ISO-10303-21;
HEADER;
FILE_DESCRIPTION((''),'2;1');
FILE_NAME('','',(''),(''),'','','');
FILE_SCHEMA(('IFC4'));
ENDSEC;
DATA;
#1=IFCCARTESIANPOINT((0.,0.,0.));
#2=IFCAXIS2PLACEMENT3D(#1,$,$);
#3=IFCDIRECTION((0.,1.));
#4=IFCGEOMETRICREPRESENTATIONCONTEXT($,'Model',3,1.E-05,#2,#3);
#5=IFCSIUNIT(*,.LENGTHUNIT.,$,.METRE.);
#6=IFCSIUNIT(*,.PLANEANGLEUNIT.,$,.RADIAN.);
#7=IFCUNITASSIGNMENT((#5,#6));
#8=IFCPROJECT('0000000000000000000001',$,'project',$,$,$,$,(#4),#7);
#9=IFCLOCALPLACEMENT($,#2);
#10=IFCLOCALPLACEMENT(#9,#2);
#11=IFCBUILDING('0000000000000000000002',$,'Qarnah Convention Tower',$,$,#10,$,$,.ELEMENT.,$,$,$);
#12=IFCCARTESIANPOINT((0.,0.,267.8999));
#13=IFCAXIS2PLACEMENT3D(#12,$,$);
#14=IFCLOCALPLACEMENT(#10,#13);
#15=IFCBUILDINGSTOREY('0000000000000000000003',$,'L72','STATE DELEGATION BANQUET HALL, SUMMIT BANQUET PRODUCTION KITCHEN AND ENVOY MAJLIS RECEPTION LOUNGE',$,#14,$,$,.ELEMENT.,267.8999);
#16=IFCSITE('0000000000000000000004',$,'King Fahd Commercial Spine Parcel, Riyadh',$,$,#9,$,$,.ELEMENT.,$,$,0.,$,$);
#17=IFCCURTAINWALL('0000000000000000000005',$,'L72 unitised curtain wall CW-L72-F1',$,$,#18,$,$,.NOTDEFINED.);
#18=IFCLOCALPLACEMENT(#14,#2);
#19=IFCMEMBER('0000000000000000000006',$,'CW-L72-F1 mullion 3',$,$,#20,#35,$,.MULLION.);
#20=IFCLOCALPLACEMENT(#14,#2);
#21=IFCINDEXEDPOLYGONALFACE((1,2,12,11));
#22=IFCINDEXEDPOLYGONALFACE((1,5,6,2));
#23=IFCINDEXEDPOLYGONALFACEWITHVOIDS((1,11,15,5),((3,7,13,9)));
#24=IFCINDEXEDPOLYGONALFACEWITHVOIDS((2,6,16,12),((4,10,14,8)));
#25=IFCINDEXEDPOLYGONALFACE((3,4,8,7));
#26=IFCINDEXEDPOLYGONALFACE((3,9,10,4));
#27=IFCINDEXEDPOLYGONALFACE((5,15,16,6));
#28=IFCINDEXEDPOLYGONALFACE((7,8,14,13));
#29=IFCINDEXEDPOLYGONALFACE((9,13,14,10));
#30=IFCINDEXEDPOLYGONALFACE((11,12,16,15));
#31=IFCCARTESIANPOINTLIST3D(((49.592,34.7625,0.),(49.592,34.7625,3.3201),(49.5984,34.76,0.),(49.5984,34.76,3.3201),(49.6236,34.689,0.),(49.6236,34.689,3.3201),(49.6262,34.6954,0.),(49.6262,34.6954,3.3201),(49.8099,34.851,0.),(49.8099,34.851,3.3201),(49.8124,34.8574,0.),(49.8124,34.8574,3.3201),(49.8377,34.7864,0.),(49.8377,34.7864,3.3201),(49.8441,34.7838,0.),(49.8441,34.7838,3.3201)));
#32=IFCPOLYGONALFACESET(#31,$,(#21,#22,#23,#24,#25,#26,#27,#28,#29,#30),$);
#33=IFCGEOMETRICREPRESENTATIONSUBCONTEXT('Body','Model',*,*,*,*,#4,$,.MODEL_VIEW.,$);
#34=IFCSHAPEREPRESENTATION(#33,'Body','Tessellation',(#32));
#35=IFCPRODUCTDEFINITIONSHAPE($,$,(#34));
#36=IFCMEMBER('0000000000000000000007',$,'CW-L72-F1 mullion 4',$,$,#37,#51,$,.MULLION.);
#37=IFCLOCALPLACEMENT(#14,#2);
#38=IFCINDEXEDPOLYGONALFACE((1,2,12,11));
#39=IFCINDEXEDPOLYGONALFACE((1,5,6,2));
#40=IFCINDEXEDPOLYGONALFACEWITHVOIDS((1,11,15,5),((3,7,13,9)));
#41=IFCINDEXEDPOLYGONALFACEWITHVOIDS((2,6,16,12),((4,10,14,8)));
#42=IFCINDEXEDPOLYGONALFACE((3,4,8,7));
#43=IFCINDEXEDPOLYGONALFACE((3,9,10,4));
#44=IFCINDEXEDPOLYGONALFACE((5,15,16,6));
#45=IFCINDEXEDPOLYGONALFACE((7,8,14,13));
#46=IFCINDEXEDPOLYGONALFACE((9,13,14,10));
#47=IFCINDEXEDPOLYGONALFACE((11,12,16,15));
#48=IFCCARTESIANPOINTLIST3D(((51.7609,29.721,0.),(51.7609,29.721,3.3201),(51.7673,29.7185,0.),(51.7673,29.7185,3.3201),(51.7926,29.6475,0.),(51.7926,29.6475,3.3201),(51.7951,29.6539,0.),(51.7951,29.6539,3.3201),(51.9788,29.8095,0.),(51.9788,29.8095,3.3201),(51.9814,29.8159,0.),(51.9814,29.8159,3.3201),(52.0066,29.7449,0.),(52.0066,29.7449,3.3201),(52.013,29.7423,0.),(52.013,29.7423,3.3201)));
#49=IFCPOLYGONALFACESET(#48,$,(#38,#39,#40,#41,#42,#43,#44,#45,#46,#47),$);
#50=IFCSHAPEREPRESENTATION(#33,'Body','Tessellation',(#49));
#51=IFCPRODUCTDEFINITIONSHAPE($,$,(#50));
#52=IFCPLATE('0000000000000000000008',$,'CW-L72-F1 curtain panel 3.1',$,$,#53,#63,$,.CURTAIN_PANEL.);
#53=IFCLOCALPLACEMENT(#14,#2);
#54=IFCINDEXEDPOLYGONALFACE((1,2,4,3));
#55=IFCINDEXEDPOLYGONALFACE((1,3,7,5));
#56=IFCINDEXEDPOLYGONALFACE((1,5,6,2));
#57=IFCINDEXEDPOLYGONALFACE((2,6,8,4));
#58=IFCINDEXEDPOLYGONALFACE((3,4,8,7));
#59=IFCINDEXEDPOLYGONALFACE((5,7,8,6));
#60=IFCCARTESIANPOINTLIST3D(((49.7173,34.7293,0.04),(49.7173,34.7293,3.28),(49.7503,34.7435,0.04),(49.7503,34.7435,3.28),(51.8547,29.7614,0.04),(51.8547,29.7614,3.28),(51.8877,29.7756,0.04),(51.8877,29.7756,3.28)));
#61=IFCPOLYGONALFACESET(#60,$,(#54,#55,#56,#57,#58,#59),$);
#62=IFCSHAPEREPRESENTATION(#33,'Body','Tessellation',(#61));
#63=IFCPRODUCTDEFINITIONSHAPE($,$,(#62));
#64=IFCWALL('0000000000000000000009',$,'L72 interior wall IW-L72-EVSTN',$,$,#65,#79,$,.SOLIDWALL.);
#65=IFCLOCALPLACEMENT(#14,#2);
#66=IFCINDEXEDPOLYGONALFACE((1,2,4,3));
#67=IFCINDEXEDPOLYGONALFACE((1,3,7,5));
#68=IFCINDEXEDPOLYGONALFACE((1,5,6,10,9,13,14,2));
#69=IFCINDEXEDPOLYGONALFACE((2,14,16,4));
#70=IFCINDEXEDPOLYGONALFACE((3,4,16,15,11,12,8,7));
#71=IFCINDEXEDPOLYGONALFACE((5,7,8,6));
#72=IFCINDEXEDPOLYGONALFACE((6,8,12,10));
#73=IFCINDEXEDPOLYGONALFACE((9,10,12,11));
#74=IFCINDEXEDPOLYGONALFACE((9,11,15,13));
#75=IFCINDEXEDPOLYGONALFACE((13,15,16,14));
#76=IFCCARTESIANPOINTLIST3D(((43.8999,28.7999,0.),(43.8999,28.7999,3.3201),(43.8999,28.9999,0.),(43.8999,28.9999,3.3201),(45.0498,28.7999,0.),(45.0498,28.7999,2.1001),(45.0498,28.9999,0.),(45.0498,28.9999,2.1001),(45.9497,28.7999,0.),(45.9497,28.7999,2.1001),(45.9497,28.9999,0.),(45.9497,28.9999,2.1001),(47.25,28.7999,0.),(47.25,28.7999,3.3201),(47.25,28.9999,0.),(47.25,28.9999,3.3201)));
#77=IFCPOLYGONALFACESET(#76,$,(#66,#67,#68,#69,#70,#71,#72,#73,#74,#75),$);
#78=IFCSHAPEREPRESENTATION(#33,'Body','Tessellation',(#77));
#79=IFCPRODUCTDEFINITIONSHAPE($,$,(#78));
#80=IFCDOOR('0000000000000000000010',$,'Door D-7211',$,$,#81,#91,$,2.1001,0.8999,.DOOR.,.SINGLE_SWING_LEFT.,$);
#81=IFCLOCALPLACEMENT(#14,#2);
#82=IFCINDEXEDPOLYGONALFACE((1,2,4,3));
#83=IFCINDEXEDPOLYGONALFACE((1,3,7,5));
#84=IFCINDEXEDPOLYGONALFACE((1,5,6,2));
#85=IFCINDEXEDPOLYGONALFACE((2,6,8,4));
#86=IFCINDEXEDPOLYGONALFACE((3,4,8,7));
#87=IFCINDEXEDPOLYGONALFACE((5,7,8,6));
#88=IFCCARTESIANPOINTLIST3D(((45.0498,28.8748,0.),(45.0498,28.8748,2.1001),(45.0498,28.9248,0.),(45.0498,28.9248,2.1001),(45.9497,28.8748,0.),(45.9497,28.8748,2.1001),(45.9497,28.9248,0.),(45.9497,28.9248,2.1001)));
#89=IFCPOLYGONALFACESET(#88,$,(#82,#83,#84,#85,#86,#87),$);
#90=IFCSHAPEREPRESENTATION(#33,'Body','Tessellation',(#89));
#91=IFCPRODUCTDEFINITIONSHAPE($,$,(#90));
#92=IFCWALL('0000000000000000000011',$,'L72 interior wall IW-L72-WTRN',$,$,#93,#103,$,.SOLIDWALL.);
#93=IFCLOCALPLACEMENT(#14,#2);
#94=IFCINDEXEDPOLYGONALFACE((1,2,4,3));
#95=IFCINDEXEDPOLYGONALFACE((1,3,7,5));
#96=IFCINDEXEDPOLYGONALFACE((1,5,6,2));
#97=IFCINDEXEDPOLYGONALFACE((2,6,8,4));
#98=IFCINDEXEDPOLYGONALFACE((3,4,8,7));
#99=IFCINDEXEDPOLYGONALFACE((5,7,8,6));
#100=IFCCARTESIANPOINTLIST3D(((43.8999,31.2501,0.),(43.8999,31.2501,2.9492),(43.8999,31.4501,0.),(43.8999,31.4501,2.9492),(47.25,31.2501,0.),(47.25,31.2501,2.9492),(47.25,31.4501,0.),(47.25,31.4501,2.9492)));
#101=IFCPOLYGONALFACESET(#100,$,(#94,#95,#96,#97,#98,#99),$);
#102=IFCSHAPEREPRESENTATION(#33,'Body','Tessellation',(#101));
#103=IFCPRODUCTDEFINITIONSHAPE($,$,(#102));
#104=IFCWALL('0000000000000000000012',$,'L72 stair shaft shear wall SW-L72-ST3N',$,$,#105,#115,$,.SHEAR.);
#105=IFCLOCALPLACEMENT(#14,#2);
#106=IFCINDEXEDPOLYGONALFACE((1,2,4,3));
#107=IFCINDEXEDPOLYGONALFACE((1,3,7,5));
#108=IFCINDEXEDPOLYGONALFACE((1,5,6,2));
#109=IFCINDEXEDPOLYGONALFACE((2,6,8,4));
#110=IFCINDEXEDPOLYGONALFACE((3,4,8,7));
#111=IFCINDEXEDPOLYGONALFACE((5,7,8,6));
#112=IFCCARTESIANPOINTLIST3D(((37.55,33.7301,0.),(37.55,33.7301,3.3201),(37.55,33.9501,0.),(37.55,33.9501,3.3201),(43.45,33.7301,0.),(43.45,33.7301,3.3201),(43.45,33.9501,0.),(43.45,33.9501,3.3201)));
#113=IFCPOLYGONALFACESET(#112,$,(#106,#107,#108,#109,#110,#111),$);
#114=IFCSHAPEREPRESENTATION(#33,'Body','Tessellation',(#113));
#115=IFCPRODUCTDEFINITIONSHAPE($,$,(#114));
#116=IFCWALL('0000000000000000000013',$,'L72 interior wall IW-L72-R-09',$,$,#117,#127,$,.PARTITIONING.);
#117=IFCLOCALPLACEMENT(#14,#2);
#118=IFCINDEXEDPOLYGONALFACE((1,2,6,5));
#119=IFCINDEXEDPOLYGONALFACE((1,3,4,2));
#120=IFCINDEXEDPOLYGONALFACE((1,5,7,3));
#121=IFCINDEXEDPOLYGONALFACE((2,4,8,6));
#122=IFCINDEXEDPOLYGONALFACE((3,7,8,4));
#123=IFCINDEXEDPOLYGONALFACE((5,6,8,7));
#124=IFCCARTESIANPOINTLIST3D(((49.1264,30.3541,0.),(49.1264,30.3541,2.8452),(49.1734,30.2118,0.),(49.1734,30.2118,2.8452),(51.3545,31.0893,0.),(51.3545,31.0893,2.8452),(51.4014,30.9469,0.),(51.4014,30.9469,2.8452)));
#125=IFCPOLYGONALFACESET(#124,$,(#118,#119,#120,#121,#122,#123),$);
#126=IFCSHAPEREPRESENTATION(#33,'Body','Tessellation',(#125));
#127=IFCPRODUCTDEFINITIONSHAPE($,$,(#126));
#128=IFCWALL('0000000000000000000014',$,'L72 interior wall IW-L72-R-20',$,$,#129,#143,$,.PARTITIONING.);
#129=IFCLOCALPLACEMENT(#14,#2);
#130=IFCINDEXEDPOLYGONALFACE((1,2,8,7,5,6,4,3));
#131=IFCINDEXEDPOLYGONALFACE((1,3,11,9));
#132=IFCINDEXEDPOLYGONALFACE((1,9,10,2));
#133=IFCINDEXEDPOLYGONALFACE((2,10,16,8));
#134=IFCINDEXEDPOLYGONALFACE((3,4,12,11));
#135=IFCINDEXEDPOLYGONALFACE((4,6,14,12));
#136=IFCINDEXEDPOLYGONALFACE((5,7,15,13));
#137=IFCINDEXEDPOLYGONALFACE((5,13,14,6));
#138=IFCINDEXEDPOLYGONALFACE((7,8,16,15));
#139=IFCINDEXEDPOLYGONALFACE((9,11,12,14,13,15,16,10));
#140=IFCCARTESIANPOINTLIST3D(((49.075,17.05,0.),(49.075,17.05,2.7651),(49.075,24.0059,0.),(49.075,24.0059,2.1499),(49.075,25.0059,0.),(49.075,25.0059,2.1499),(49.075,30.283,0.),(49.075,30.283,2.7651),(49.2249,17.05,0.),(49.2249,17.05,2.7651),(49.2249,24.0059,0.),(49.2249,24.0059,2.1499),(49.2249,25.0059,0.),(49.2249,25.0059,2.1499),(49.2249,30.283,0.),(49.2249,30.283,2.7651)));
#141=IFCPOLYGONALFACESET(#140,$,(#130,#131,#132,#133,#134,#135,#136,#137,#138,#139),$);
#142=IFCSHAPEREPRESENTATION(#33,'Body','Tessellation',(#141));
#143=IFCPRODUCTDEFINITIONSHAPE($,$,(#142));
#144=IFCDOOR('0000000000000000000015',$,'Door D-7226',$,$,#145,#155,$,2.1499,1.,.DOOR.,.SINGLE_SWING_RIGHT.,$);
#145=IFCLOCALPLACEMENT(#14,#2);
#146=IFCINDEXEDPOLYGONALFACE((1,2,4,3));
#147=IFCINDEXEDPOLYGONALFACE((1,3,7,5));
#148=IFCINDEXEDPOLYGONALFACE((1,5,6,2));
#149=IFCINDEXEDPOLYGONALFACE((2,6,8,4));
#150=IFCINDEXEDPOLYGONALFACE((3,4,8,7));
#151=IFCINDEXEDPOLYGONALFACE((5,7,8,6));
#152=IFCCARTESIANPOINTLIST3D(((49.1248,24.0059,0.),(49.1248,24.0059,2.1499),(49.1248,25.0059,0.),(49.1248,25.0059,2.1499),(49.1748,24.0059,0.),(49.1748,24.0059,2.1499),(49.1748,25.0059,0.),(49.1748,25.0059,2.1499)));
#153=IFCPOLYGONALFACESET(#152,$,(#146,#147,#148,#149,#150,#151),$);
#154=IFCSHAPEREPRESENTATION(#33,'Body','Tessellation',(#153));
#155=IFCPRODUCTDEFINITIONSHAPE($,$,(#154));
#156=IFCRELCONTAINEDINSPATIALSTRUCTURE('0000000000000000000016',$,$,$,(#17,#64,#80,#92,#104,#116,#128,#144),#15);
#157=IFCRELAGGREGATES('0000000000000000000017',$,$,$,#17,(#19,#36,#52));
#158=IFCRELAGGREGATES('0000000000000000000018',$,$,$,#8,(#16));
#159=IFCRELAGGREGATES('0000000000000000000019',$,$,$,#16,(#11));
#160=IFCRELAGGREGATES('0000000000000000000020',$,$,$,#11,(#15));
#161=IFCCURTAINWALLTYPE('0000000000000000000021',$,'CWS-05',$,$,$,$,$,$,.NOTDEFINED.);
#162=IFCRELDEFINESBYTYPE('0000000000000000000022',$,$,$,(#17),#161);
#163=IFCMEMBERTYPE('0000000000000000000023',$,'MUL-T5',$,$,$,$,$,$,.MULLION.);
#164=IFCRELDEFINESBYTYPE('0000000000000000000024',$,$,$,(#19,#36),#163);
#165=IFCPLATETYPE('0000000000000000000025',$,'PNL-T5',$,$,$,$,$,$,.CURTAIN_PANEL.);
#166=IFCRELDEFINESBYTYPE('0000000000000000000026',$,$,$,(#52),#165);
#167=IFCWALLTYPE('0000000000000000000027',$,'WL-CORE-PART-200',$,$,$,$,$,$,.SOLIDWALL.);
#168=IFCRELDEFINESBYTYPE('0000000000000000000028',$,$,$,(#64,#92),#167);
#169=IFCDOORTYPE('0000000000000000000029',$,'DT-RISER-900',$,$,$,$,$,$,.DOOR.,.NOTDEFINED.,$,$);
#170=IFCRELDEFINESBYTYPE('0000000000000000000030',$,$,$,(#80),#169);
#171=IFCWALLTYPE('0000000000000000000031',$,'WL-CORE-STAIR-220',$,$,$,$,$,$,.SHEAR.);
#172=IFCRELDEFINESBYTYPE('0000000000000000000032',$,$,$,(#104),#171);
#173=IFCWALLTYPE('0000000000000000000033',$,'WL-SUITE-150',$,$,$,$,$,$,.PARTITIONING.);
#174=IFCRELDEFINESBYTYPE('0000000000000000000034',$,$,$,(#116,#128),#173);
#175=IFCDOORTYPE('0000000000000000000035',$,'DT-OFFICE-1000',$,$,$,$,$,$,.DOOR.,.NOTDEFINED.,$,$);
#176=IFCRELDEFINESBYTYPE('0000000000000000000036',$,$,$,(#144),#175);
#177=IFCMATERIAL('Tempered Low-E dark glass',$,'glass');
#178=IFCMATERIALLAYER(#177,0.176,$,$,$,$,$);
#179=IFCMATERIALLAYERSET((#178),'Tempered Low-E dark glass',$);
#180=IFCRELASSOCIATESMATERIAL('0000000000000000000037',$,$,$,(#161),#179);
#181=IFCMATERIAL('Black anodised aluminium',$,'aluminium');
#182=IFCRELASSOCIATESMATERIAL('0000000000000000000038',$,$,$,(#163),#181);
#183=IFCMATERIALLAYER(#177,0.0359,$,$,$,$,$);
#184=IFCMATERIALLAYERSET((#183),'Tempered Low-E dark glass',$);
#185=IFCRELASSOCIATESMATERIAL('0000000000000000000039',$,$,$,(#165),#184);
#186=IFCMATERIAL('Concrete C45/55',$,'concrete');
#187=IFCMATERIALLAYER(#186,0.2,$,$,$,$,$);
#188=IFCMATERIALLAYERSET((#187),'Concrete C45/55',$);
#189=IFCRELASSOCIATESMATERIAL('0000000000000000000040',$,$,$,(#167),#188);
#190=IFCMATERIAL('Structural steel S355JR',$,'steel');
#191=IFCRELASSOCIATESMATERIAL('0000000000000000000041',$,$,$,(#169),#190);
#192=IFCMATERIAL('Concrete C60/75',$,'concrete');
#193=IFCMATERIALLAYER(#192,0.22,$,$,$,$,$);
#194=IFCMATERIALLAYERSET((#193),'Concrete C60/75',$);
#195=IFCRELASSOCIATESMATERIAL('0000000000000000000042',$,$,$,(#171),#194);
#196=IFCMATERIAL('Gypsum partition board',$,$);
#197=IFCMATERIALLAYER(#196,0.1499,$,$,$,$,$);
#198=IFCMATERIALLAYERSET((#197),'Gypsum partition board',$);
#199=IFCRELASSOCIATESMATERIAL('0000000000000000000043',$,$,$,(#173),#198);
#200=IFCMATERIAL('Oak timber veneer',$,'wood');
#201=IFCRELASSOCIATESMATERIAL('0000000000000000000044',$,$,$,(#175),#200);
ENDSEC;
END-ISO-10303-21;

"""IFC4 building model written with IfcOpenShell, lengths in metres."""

from ifc_helpers import new_model, si_unit, direction, frame, frame_2d, origin, origin_2d, place, context, subcontext, project, spatial, rectangle, hollow_rectangle, extrude, material, layer, layer_set, material_profile, profile_set, type_object, element, fill, aggregate, save


model = new_model("IFC4")

# Units and contexts
model_context = context("Model", 3, precision=1e-05, world=origin(), true_north=direction((0.0, 1.0)))
body_context = subcontext(model_context, "Body", "Model", "MODEL_VIEW")
ifc_project = project(units=[si_unit("LENGTHUNIT", "METRE"), si_unit("PLANEANGLEUNIT", "RADIAN")], contexts=[model_context])

# Site, building, storey
site_placement = place(None, origin())
site = spatial("IfcSite", under=ifc_project, at=site_placement, Name="King Fahd Commercial Spine Parcel, Riyadh", CompositionType="ELEMENT", RefElevation=0.0)
building_placement = place(site_placement, origin())
building = spatial("IfcBuilding", under=site, at=building_placement, Name="Qarnah Convention Tower", CompositionType="ELEMENT")
storey_placement = place(building_placement, frame((0.0, 0.0, 267.8999)))
storey = spatial("IfcBuildingStorey", under=building, at=storey_placement, Name="L72", Description="STATE DELEGATION BANQUET HALL, SUMMIT BANQUET PRODUCTION KITCHEN AND ENVOY MAJLIS RECEPTION LOUNGE", CompositionType="ELEMENT", Elevation=267.8999)

# Shared definitions
ifc_material_1 = material(Name="Structural steel S355JR", Category="steel")

# Curtain wall, members, plate
ifc_material_2 = material(Name="Tempered Low-E dark glass", Category="glass")
ifc_layer_1 = layer(ifc_material_2, 0.176)
ifc_layer_set_1 = layer_set([ifc_layer_1], Name="Tempered Low-E dark glass")
curtain_wall_type = type_object("IfcCurtainWallType", Name="CWS-05", PredefinedType="NOTDEFINED", material=ifc_layer_set_1)
curtain_wall_placement = place(storey_placement, origin())
curtain_wall = element("IfcCurtainWall", 1, at=curtain_wall_placement, inside=storey, type_object=curtain_wall_type, Name="L72 unitised curtain wall CW-L72-F1", PredefinedType="NOTDEFINED")
ifc_material_3 = material(Name="Black anodised aluminium", Category="aluminium")
ifc_material_profile_1 = material_profile(ifc_material_3, hollow_rectangle(XDim=0.0801, YDim=0.24, WallThickness=0.0049, at=origin_2d()), Name="MUL-80X240")
ifc_profile_set_1 = profile_set([ifc_material_profile_1], Name="Black anodised aluminium")
member_type = type_object("IfcMemberType", Name="MUL-T5", PredefinedType="MULLION", material=ifc_profile_set_1)
member_1_placement = place(storey_placement, frame((49.718, 34.7732, 0.0), z_axis=(0.0, 0.0, 1.0), x_axis=(0.395212, -0.91859, 0.0)))
member_1 = element("IfcMember", 2, at=member_1_placement, type_object=member_type, Name="CW-L72-F1 mullion 3", PredefinedType="MULLION", context=body_context, shape_type="SweptSolid", body=[
    extrude(hollow_rectangle(XDim=0.0801, YDim=0.24, WallThickness=0.0049, at=origin_2d()), origin(), (0.0, 0.0, 1.0), 3.3201),
])
member_2_placement = place(storey_placement, frame((51.887, 29.7317, 0.0), z_axis=(0.0, 0.0, 1.0), x_axis=(0.395212, -0.91859, 0.0)))
member_2 = element("IfcMember", 3, at=member_2_placement, type_object=member_type, Name="CW-L72-F1 mullion 4", PredefinedType="MULLION", context=body_context, shape_type="SweptSolid", body=[
    extrude(hollow_rectangle(XDim=0.0801, YDim=0.24, WallThickness=0.0049, at=origin_2d()), origin(), (0.0, 0.0, 1.0), 3.3201),
])
ifc_layer_2 = layer(ifc_material_2, 0.0359)
ifc_layer_set_2 = layer_set([ifc_layer_2], Name="Tempered Low-E dark glass")
plate_type = type_object("IfcPlateType", Name="PNL-T5", PredefinedType="CURTAIN_PANEL", material=ifc_layer_set_2)
plate_placement = place(storey_placement, frame((50.8025, 32.2524, 0.04), z_axis=(0.0, 0.0, 1.0), x_axis=(0.395212, -0.91859, 0.0)))
plate = element("IfcPlate", 4, at=plate_placement, type_object=plate_type, Name="CW-L72-F1 curtain panel 3.1", PredefinedType="CURTAIN_PANEL", context=body_context, shape_type="SweptSolid", body=[
    extrude(rectangle(XDim=5.4082, YDim=0.0359, at=origin_2d()), origin(), (0.0, 0.0, 1.0), 3.24),
])
aggregate(curtain_wall, [member_1, member_2, plate])

# Wall, opening, door
ifc_material_4 = material(Name="Concrete C45/55", Category="concrete")
ifc_layer_3 = layer(ifc_material_4, 0.2)
ifc_layer_set_3 = layer_set([ifc_layer_3], Name="Concrete C45/55")
wall_type_1 = type_object("IfcWallType", Name="WL-CORE-PART-200", PredefinedType="SOLIDWALL", material=ifc_layer_set_3)
wall_1_placement = place(storey_placement, frame((43.8999, 28.8999, 0.0), z_axis=(0.0, 0.0, 1.0), x_axis=(1.0, 0.0, 0.0)))
wall_1 = element("IfcWall", 5, at=wall_1_placement, inside=storey, type_object=wall_type_1, Name="L72 interior wall IW-L72-EVSTN", PredefinedType="SOLIDWALL", context=body_context, shape_type="SweptSolid", body=[
    extrude(rectangle(XDim=3.3501, YDim=0.2, at=frame_2d((1.675, 0.0))), origin(), (0.0, 0.0, 1.0), 3.3201),
])
opening_1_placement = place(wall_1_placement, frame((1.1499, 0.0, 0.0)))
opening_1 = element("IfcOpeningElement", 6, at=opening_1_placement, cuts=wall_1, PredefinedType="OPENING", context=body_context, shape_type="SweptSolid", body=[
    extrude(rectangle(XDim=0.8999, YDim=2.1001, at=frame_2d((0.45, 1.05))), frame((0.0, 0.1099, 0.0), z_axis=(0.0, -1.0, 0.0), x_axis=(1.0, 0.0, 0.0)), (0.0, 0.0, 1.0), 0.22),
])
door_type_1 = type_object("IfcDoorType", Name="DT-RISER-900", OperationType="NOTDEFINED", PredefinedType="DOOR", material=ifc_material_1)
door_1_placement = place(opening_1_placement, origin())
door_1 = element("IfcDoor", 7, at=door_1_placement, inside=storey, type_object=door_type_1, Name="Door D-7211", OperationType="SINGLE_SWING_LEFT", OverallHeight=2.1001, OverallWidth=0.8999, PredefinedType="DOOR", context=body_context, shape_type="SweptSolid", body=[
    extrude(rectangle(XDim=0.8999, YDim=2.1001, at=frame_2d((0.45, 1.05))), frame((0.0, 0.0249, 0.0), z_axis=(0.0, -1.0, 0.0), x_axis=(1.0, 0.0, 0.0)), (0.0, 0.0, 1.0), 0.05),
])
fill(opening_1, door_1)

# Walls
wall_2_placement = place(storey_placement, frame((43.8999, 31.3501, 0.0), z_axis=(0.0, 0.0, 1.0), x_axis=(1.0, 0.0, 0.0)))
element("IfcWall", 8, at=wall_2_placement, inside=storey, type_object=wall_type_1, Name="L72 interior wall IW-L72-WTRN", PredefinedType="SOLIDWALL", context=body_context, shape_type="SweptSolid", body=[
    extrude(rectangle(XDim=3.3501, YDim=0.2, at=frame_2d((1.675, 0.0))), origin(), (0.0, 0.0, 1.0), 2.9492),
])
ifc_material_5 = material(Name="Concrete C60/75", Category="concrete")
ifc_layer_4 = layer(ifc_material_5, 0.22)
ifc_layer_set_4 = layer_set([ifc_layer_4], Name="Concrete C60/75")
wall_type_2 = type_object("IfcWallType", Name="WL-CORE-STAIR-220", PredefinedType="SHEAR", material=ifc_layer_set_4)
wall_3_placement = place(storey_placement, frame((37.55, 33.8401, 0.0), z_axis=(0.0, 0.0, 1.0), x_axis=(1.0, 0.0, 0.0)))
element("IfcWall", 9, at=wall_3_placement, inside=storey, type_object=wall_type_2, Name="L72 stair shaft shear wall SW-L72-ST3N", PredefinedType="SHEAR", context=body_context, shape_type="SweptSolid", body=[
    extrude(rectangle(XDim=5.8999, YDim=0.22, at=frame_2d((2.95, 0.0))), origin(), (0.0, 0.0, 1.0), 3.3201),
])
ifc_material_6 = material(Name="Gypsum partition board")
ifc_layer_5 = layer(ifc_material_6, 0.1499)
ifc_layer_set_5 = layer_set([ifc_layer_5], Name="Gypsum partition board")
wall_type_3 = type_object("IfcWallType", Name="WL-SUITE-150", PredefinedType="PARTITIONING", material=ifc_layer_set_5)
wall_4_placement = place(storey_placement, frame((49.1499, 30.283, 0.0), z_axis=(0.0, 0.0, 1.0), x_axis=(0.949647, 0.313323, 0.0)))
element("IfcWall", 10, at=wall_4_placement, inside=storey, type_object=wall_type_3, Name="L72 interior wall IW-L72-R-09", PredefinedType="PARTITIONING", context=body_context, shape_type="SweptSolid", body=[
    extrude(rectangle(XDim=2.3462, YDim=0.1499, at=frame_2d((1.1731, 0.0))), origin(), (0.0, 0.0, 1.0), 2.8452),
])

# Wall, opening, door
wall_5_placement = place(storey_placement, frame((49.1499, 30.283, 0.0), z_axis=(0.0, 0.0, 1.0), x_axis=(0.0, -1.0, 0.0)))
wall_5 = element("IfcWall", 11, at=wall_5_placement, inside=storey, type_object=wall_type_3, Name="L72 interior wall IW-L72-R-20", PredefinedType="PARTITIONING", context=body_context, shape_type="SweptSolid", body=[
    extrude(rectangle(XDim=13.2329, YDim=0.1499, at=frame_2d((6.6165, 0.0))), origin(), (0.0, 0.0, 1.0), 2.7651),
])
opening_2_placement = place(wall_5_placement, frame((5.2771, 0.0, 0.0)))
opening_2 = element("IfcOpeningElement", 12, at=opening_2_placement, cuts=wall_5, PredefinedType="OPENING", context=body_context, shape_type="SweptSolid", body=[
    extrude(rectangle(XDim=1.0, YDim=2.1499, at=frame_2d((0.5, 1.075))), frame((0.0, 0.085, 0.0), z_axis=(0.0, -1.0, 0.0), x_axis=(1.0, 0.0, 0.0)), (0.0, 0.0, 1.0), 0.1699),
])
ifc_material_7 = material(Name="Oak timber veneer", Category="wood")
door_type_2 = type_object("IfcDoorType", Name="DT-OFFICE-1000", OperationType="NOTDEFINED", PredefinedType="DOOR", material=ifc_material_7)
door_2_placement = place(opening_2_placement, origin())
door_2 = element("IfcDoor", 13, at=door_2_placement, inside=storey, type_object=door_type_2, Name="Door D-7226", OperationType="SINGLE_SWING_RIGHT", OverallHeight=2.1499, OverallWidth=1.0, PredefinedType="DOOR", context=body_context, shape_type="SweptSolid", body=[
    extrude(rectangle(XDim=1.0, YDim=2.1499, at=frame_2d((0.5, 1.075))), frame((0.0, 0.0249, 0.0), z_axis=(0.0, -1.0, 0.0), x_axis=(1.0, 0.0, 0.0)), (0.0, 0.0, 1.0), 0.05),
])
fill(opening_2, door_2)

save(model, "model.ifc")
